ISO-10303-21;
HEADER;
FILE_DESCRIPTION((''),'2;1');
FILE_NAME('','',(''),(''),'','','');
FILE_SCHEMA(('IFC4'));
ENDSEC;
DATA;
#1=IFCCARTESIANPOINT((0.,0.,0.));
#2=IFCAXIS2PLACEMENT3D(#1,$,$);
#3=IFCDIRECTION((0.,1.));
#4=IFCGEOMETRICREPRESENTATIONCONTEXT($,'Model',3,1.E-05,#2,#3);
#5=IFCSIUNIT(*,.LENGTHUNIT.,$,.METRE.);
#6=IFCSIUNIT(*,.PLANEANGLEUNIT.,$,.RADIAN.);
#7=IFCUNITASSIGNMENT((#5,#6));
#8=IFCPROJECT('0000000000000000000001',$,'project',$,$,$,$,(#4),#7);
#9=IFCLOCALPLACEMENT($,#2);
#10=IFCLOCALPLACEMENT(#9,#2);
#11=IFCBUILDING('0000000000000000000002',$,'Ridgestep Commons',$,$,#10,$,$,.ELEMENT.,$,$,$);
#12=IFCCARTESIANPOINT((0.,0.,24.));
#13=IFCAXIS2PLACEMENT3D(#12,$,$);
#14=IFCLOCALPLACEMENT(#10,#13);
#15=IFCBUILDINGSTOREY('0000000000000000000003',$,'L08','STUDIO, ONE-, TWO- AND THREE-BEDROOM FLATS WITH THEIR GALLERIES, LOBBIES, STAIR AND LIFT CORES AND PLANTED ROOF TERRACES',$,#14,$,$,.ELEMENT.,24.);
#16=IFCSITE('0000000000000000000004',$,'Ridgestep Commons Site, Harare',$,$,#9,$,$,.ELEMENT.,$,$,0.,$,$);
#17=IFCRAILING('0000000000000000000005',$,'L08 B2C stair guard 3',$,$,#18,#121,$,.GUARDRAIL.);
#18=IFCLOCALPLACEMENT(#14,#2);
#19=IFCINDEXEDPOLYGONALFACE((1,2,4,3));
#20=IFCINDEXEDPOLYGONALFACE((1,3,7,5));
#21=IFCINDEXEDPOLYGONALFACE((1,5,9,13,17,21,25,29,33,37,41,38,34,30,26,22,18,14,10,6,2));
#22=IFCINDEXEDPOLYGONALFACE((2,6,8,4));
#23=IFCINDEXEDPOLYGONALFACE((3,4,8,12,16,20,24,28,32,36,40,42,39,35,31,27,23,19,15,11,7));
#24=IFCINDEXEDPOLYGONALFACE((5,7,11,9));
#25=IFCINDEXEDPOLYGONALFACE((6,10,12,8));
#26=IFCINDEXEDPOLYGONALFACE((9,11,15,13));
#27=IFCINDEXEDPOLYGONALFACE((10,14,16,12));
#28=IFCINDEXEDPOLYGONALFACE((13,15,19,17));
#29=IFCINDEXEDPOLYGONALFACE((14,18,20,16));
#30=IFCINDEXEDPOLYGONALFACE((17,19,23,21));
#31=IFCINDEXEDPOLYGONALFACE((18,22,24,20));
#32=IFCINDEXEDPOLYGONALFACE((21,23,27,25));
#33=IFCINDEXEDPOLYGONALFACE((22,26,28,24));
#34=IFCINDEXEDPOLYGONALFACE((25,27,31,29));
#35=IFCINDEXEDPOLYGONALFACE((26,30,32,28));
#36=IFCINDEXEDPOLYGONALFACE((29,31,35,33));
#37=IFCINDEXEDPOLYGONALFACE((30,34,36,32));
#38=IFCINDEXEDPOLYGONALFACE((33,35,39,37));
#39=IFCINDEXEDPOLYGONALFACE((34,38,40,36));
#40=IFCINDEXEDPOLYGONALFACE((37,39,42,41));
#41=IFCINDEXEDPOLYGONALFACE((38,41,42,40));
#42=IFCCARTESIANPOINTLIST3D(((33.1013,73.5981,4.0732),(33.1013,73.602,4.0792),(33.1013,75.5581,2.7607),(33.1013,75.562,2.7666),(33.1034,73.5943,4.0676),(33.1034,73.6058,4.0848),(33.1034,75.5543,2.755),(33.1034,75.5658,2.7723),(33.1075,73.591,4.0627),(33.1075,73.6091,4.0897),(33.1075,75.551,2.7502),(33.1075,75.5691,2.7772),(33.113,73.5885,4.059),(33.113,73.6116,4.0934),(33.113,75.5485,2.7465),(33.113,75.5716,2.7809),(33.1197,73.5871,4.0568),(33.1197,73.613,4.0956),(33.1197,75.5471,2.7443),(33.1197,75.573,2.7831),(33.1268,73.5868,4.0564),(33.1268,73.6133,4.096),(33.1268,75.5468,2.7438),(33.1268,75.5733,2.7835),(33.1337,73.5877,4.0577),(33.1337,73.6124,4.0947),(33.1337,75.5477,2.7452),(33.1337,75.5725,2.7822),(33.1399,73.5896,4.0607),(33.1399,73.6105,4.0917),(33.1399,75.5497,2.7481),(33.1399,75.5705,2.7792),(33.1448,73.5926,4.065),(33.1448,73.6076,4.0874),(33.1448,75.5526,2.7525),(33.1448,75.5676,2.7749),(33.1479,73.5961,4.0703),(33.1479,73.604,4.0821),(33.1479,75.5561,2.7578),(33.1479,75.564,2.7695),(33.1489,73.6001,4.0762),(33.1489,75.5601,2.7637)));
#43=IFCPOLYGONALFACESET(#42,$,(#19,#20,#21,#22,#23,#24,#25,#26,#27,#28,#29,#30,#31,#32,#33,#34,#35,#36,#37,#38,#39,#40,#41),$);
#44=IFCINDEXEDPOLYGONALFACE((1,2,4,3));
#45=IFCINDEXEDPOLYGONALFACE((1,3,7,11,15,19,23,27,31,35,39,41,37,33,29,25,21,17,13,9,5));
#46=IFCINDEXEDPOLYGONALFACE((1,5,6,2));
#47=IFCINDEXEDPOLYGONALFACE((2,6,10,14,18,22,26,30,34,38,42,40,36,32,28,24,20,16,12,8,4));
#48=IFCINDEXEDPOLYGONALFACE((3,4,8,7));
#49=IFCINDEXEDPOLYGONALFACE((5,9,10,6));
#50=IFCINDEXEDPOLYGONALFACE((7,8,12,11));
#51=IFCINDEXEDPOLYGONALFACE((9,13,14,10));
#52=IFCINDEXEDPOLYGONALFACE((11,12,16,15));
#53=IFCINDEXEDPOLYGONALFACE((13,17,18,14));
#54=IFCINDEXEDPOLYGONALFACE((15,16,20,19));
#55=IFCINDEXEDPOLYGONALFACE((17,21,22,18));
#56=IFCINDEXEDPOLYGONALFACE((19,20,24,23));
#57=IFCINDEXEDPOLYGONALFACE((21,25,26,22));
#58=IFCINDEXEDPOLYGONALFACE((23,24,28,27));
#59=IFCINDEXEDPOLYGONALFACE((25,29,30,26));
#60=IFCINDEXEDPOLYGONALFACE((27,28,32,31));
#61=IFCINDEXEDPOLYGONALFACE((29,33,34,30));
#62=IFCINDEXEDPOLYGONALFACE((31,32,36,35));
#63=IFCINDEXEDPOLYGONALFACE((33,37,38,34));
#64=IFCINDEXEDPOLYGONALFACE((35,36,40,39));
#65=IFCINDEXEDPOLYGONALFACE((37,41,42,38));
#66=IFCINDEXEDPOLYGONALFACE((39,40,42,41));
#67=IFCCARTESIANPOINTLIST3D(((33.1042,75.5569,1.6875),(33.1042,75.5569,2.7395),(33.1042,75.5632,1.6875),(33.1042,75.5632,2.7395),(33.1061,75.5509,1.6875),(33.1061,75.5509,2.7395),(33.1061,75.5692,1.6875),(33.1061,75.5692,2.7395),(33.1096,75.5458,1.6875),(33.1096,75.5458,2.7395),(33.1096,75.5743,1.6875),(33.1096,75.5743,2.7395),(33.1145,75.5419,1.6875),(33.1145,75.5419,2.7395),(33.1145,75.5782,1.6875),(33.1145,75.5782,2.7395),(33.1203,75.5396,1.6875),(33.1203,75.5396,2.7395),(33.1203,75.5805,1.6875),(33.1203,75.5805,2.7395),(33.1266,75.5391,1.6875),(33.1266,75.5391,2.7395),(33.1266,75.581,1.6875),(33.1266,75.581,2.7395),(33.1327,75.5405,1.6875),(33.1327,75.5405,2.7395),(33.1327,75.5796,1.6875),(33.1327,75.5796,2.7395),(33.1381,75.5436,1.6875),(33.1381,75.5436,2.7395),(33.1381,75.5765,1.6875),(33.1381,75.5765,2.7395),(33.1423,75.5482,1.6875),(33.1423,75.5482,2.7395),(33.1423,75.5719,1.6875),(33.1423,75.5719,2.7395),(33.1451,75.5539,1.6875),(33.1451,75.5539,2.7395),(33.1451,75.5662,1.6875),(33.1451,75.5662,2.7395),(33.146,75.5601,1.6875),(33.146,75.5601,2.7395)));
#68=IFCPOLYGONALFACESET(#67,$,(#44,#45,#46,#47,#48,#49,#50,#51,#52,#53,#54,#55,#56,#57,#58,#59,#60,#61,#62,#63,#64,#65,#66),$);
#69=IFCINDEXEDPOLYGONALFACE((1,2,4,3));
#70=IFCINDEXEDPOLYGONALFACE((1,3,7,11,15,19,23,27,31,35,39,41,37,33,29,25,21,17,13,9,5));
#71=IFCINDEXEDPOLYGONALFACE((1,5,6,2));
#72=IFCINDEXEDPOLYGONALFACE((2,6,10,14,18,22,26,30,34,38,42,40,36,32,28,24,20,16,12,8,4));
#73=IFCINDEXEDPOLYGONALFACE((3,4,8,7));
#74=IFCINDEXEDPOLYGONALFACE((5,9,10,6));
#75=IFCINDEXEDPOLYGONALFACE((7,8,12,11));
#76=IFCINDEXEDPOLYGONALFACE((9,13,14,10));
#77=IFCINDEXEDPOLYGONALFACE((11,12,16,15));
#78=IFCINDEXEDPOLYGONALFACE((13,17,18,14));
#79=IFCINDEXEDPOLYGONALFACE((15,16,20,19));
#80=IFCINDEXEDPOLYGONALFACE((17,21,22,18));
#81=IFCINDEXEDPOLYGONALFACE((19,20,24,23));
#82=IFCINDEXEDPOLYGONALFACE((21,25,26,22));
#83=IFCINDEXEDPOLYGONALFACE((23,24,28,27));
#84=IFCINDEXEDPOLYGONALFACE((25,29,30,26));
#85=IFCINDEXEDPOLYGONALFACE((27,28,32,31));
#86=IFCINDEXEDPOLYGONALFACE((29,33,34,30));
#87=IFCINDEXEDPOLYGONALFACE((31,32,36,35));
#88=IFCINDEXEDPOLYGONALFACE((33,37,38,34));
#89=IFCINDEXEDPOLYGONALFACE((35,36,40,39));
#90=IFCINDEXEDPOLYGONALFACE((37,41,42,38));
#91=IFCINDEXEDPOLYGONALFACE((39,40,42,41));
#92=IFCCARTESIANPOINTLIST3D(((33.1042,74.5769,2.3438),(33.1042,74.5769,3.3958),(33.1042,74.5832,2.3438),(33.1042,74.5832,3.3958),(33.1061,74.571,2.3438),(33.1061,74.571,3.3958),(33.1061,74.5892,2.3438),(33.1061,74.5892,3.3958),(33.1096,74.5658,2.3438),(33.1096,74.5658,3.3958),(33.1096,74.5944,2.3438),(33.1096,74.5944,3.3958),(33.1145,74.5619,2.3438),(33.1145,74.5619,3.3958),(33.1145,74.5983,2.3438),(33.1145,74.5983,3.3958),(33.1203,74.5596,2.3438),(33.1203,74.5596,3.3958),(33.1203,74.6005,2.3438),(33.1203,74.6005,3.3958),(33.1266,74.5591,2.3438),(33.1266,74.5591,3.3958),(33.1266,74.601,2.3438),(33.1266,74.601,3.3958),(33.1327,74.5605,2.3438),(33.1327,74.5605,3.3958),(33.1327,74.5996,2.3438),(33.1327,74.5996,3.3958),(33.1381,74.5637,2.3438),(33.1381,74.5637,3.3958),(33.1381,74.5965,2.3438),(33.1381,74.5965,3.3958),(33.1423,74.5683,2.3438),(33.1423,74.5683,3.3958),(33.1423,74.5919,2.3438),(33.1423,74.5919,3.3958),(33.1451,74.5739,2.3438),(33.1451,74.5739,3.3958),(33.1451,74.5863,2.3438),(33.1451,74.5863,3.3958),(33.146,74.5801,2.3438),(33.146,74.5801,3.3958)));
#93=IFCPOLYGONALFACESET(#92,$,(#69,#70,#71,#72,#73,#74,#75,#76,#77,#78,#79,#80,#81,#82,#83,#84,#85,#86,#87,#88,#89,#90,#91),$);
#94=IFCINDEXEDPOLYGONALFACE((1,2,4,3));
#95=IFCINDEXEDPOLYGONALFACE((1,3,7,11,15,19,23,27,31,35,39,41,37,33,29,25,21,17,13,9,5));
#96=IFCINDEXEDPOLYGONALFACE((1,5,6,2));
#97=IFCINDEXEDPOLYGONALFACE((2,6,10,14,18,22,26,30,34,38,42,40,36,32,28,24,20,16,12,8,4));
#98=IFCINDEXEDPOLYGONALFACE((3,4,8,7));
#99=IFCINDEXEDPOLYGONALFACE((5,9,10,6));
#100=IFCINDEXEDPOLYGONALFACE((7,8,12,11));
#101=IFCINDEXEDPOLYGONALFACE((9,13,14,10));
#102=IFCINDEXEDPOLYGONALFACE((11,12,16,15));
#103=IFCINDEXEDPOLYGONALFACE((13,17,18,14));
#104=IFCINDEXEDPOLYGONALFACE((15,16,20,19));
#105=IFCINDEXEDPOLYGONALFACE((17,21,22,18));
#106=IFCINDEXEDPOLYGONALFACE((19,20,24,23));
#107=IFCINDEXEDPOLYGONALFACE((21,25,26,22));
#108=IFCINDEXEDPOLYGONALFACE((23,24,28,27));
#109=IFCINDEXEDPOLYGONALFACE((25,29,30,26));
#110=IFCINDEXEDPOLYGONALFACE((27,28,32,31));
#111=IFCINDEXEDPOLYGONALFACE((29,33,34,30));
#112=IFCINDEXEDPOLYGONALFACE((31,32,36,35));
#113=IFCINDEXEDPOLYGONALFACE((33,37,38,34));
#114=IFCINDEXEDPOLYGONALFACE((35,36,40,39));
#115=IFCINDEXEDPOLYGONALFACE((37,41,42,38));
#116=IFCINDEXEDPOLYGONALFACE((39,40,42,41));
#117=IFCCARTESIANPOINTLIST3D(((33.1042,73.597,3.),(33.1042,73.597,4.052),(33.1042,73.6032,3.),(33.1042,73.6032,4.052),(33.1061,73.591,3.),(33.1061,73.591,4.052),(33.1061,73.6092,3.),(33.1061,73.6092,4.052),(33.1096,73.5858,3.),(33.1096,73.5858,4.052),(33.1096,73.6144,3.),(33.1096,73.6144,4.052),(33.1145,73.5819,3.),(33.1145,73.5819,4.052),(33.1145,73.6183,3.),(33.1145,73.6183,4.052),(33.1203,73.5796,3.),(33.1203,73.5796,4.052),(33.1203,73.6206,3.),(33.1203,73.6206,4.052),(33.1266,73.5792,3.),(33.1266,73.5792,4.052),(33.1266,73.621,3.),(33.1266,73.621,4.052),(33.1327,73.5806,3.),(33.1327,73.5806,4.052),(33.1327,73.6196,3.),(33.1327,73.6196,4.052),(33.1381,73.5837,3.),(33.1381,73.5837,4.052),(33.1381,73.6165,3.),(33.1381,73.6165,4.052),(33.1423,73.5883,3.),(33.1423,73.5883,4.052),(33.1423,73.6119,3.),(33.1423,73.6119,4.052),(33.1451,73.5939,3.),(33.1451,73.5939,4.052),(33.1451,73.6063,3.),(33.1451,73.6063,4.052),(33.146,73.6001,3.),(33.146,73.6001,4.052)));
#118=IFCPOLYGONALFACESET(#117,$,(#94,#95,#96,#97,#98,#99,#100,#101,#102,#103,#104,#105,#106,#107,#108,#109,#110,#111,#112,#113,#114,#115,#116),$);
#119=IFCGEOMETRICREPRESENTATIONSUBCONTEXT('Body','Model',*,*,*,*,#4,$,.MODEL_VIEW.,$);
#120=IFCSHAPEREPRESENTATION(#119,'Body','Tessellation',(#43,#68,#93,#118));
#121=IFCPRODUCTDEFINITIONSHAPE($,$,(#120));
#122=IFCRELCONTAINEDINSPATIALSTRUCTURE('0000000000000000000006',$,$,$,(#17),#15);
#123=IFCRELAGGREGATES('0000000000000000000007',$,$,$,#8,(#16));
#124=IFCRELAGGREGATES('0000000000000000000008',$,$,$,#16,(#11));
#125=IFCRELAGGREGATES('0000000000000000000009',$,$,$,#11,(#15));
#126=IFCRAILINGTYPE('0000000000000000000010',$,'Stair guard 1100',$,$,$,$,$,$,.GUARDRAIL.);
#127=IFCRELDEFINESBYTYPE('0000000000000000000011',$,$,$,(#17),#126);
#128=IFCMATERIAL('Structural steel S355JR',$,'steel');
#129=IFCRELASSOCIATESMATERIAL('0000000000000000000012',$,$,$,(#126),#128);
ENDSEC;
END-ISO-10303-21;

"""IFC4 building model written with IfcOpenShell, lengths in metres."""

from ifc_helpers import new_model, si_unit, direction, frame, origin, origin_2d, place, context, subcontext, project, spatial, circle, extrude, material, type_object, element, save


model = new_model("IFC4")

# Units and contexts
model_context = context("Model", 3, precision=1e-05, world=origin(), true_north=direction((0.0, 1.0)))
body_context = subcontext(model_context, "Body", "Model", "MODEL_VIEW")
ifc_project = project(units=[si_unit("LENGTHUNIT", "METRE"), si_unit("PLANEANGLEUNIT", "RADIAN")], contexts=[model_context])

# Site, building, storey
site_placement = place(None, origin())
site = spatial("IfcSite", under=ifc_project, at=site_placement, Name="Ridgestep Commons Site, Harare", CompositionType="ELEMENT", RefElevation=0.0)
building_placement = place(site_placement, origin())
building = spatial("IfcBuilding", under=site, at=building_placement, Name="Ridgestep Commons", CompositionType="ELEMENT")
storey_placement = place(building_placement, frame((0.0, 0.0, 24.0)))
storey = spatial("IfcBuildingStorey", under=building, at=storey_placement, Name="L08", Description="STUDIO, ONE-, TWO- AND THREE-BEDROOM FLATS WITH THEIR GALLERIES, LOBBIES, STAIR AND LIFT CORES AND PLANTED ROOF TERRACES", CompositionType="ELEMENT", Elevation=24.0)

# Railing
ifc_material_1 = material(Name="Structural steel S355JR", Category="steel")
railing_type_1 = type_object("IfcRailingType", Name="Stair guard 1100", PredefinedType="GUARDRAIL", material=ifc_material_1)
railing_1_placement = place(storey_placement, frame((33.125, 75.5601, 1.6875)))
element("IfcRailing", 1, at=railing_1_placement, inside=storey, type_object=railing_type_1, Name="L08 B2C stair guard 3", PredefinedType="GUARDRAIL", context=body_context, shape_type="SweptSolid", body=[
    extrude(circle(Radius=0.0239, at=origin_2d()), frame((0.0, 0.0, 1.0762), z_axis=(0.0, -0.830902, 0.556419), x_axis=(1.0, 0.0, 0.0)), (0.0, 0.0, 1.0), 2.3589),
    extrude(circle(Radius=0.021, at=origin_2d()), origin(), (0.0, 0.0, 1.0), 1.052),
    extrude(circle(Radius=0.021, at=origin_2d()), frame((0.0, -0.98, 0.6562)), (0.0, 0.0, 1.0), 1.052),
    extrude(circle(Radius=0.021, at=origin_2d()), frame((0.0, -1.96, 1.3125)), (0.0, 0.0, 1.0), 1.052),
])

save(model, "model.ifc")
